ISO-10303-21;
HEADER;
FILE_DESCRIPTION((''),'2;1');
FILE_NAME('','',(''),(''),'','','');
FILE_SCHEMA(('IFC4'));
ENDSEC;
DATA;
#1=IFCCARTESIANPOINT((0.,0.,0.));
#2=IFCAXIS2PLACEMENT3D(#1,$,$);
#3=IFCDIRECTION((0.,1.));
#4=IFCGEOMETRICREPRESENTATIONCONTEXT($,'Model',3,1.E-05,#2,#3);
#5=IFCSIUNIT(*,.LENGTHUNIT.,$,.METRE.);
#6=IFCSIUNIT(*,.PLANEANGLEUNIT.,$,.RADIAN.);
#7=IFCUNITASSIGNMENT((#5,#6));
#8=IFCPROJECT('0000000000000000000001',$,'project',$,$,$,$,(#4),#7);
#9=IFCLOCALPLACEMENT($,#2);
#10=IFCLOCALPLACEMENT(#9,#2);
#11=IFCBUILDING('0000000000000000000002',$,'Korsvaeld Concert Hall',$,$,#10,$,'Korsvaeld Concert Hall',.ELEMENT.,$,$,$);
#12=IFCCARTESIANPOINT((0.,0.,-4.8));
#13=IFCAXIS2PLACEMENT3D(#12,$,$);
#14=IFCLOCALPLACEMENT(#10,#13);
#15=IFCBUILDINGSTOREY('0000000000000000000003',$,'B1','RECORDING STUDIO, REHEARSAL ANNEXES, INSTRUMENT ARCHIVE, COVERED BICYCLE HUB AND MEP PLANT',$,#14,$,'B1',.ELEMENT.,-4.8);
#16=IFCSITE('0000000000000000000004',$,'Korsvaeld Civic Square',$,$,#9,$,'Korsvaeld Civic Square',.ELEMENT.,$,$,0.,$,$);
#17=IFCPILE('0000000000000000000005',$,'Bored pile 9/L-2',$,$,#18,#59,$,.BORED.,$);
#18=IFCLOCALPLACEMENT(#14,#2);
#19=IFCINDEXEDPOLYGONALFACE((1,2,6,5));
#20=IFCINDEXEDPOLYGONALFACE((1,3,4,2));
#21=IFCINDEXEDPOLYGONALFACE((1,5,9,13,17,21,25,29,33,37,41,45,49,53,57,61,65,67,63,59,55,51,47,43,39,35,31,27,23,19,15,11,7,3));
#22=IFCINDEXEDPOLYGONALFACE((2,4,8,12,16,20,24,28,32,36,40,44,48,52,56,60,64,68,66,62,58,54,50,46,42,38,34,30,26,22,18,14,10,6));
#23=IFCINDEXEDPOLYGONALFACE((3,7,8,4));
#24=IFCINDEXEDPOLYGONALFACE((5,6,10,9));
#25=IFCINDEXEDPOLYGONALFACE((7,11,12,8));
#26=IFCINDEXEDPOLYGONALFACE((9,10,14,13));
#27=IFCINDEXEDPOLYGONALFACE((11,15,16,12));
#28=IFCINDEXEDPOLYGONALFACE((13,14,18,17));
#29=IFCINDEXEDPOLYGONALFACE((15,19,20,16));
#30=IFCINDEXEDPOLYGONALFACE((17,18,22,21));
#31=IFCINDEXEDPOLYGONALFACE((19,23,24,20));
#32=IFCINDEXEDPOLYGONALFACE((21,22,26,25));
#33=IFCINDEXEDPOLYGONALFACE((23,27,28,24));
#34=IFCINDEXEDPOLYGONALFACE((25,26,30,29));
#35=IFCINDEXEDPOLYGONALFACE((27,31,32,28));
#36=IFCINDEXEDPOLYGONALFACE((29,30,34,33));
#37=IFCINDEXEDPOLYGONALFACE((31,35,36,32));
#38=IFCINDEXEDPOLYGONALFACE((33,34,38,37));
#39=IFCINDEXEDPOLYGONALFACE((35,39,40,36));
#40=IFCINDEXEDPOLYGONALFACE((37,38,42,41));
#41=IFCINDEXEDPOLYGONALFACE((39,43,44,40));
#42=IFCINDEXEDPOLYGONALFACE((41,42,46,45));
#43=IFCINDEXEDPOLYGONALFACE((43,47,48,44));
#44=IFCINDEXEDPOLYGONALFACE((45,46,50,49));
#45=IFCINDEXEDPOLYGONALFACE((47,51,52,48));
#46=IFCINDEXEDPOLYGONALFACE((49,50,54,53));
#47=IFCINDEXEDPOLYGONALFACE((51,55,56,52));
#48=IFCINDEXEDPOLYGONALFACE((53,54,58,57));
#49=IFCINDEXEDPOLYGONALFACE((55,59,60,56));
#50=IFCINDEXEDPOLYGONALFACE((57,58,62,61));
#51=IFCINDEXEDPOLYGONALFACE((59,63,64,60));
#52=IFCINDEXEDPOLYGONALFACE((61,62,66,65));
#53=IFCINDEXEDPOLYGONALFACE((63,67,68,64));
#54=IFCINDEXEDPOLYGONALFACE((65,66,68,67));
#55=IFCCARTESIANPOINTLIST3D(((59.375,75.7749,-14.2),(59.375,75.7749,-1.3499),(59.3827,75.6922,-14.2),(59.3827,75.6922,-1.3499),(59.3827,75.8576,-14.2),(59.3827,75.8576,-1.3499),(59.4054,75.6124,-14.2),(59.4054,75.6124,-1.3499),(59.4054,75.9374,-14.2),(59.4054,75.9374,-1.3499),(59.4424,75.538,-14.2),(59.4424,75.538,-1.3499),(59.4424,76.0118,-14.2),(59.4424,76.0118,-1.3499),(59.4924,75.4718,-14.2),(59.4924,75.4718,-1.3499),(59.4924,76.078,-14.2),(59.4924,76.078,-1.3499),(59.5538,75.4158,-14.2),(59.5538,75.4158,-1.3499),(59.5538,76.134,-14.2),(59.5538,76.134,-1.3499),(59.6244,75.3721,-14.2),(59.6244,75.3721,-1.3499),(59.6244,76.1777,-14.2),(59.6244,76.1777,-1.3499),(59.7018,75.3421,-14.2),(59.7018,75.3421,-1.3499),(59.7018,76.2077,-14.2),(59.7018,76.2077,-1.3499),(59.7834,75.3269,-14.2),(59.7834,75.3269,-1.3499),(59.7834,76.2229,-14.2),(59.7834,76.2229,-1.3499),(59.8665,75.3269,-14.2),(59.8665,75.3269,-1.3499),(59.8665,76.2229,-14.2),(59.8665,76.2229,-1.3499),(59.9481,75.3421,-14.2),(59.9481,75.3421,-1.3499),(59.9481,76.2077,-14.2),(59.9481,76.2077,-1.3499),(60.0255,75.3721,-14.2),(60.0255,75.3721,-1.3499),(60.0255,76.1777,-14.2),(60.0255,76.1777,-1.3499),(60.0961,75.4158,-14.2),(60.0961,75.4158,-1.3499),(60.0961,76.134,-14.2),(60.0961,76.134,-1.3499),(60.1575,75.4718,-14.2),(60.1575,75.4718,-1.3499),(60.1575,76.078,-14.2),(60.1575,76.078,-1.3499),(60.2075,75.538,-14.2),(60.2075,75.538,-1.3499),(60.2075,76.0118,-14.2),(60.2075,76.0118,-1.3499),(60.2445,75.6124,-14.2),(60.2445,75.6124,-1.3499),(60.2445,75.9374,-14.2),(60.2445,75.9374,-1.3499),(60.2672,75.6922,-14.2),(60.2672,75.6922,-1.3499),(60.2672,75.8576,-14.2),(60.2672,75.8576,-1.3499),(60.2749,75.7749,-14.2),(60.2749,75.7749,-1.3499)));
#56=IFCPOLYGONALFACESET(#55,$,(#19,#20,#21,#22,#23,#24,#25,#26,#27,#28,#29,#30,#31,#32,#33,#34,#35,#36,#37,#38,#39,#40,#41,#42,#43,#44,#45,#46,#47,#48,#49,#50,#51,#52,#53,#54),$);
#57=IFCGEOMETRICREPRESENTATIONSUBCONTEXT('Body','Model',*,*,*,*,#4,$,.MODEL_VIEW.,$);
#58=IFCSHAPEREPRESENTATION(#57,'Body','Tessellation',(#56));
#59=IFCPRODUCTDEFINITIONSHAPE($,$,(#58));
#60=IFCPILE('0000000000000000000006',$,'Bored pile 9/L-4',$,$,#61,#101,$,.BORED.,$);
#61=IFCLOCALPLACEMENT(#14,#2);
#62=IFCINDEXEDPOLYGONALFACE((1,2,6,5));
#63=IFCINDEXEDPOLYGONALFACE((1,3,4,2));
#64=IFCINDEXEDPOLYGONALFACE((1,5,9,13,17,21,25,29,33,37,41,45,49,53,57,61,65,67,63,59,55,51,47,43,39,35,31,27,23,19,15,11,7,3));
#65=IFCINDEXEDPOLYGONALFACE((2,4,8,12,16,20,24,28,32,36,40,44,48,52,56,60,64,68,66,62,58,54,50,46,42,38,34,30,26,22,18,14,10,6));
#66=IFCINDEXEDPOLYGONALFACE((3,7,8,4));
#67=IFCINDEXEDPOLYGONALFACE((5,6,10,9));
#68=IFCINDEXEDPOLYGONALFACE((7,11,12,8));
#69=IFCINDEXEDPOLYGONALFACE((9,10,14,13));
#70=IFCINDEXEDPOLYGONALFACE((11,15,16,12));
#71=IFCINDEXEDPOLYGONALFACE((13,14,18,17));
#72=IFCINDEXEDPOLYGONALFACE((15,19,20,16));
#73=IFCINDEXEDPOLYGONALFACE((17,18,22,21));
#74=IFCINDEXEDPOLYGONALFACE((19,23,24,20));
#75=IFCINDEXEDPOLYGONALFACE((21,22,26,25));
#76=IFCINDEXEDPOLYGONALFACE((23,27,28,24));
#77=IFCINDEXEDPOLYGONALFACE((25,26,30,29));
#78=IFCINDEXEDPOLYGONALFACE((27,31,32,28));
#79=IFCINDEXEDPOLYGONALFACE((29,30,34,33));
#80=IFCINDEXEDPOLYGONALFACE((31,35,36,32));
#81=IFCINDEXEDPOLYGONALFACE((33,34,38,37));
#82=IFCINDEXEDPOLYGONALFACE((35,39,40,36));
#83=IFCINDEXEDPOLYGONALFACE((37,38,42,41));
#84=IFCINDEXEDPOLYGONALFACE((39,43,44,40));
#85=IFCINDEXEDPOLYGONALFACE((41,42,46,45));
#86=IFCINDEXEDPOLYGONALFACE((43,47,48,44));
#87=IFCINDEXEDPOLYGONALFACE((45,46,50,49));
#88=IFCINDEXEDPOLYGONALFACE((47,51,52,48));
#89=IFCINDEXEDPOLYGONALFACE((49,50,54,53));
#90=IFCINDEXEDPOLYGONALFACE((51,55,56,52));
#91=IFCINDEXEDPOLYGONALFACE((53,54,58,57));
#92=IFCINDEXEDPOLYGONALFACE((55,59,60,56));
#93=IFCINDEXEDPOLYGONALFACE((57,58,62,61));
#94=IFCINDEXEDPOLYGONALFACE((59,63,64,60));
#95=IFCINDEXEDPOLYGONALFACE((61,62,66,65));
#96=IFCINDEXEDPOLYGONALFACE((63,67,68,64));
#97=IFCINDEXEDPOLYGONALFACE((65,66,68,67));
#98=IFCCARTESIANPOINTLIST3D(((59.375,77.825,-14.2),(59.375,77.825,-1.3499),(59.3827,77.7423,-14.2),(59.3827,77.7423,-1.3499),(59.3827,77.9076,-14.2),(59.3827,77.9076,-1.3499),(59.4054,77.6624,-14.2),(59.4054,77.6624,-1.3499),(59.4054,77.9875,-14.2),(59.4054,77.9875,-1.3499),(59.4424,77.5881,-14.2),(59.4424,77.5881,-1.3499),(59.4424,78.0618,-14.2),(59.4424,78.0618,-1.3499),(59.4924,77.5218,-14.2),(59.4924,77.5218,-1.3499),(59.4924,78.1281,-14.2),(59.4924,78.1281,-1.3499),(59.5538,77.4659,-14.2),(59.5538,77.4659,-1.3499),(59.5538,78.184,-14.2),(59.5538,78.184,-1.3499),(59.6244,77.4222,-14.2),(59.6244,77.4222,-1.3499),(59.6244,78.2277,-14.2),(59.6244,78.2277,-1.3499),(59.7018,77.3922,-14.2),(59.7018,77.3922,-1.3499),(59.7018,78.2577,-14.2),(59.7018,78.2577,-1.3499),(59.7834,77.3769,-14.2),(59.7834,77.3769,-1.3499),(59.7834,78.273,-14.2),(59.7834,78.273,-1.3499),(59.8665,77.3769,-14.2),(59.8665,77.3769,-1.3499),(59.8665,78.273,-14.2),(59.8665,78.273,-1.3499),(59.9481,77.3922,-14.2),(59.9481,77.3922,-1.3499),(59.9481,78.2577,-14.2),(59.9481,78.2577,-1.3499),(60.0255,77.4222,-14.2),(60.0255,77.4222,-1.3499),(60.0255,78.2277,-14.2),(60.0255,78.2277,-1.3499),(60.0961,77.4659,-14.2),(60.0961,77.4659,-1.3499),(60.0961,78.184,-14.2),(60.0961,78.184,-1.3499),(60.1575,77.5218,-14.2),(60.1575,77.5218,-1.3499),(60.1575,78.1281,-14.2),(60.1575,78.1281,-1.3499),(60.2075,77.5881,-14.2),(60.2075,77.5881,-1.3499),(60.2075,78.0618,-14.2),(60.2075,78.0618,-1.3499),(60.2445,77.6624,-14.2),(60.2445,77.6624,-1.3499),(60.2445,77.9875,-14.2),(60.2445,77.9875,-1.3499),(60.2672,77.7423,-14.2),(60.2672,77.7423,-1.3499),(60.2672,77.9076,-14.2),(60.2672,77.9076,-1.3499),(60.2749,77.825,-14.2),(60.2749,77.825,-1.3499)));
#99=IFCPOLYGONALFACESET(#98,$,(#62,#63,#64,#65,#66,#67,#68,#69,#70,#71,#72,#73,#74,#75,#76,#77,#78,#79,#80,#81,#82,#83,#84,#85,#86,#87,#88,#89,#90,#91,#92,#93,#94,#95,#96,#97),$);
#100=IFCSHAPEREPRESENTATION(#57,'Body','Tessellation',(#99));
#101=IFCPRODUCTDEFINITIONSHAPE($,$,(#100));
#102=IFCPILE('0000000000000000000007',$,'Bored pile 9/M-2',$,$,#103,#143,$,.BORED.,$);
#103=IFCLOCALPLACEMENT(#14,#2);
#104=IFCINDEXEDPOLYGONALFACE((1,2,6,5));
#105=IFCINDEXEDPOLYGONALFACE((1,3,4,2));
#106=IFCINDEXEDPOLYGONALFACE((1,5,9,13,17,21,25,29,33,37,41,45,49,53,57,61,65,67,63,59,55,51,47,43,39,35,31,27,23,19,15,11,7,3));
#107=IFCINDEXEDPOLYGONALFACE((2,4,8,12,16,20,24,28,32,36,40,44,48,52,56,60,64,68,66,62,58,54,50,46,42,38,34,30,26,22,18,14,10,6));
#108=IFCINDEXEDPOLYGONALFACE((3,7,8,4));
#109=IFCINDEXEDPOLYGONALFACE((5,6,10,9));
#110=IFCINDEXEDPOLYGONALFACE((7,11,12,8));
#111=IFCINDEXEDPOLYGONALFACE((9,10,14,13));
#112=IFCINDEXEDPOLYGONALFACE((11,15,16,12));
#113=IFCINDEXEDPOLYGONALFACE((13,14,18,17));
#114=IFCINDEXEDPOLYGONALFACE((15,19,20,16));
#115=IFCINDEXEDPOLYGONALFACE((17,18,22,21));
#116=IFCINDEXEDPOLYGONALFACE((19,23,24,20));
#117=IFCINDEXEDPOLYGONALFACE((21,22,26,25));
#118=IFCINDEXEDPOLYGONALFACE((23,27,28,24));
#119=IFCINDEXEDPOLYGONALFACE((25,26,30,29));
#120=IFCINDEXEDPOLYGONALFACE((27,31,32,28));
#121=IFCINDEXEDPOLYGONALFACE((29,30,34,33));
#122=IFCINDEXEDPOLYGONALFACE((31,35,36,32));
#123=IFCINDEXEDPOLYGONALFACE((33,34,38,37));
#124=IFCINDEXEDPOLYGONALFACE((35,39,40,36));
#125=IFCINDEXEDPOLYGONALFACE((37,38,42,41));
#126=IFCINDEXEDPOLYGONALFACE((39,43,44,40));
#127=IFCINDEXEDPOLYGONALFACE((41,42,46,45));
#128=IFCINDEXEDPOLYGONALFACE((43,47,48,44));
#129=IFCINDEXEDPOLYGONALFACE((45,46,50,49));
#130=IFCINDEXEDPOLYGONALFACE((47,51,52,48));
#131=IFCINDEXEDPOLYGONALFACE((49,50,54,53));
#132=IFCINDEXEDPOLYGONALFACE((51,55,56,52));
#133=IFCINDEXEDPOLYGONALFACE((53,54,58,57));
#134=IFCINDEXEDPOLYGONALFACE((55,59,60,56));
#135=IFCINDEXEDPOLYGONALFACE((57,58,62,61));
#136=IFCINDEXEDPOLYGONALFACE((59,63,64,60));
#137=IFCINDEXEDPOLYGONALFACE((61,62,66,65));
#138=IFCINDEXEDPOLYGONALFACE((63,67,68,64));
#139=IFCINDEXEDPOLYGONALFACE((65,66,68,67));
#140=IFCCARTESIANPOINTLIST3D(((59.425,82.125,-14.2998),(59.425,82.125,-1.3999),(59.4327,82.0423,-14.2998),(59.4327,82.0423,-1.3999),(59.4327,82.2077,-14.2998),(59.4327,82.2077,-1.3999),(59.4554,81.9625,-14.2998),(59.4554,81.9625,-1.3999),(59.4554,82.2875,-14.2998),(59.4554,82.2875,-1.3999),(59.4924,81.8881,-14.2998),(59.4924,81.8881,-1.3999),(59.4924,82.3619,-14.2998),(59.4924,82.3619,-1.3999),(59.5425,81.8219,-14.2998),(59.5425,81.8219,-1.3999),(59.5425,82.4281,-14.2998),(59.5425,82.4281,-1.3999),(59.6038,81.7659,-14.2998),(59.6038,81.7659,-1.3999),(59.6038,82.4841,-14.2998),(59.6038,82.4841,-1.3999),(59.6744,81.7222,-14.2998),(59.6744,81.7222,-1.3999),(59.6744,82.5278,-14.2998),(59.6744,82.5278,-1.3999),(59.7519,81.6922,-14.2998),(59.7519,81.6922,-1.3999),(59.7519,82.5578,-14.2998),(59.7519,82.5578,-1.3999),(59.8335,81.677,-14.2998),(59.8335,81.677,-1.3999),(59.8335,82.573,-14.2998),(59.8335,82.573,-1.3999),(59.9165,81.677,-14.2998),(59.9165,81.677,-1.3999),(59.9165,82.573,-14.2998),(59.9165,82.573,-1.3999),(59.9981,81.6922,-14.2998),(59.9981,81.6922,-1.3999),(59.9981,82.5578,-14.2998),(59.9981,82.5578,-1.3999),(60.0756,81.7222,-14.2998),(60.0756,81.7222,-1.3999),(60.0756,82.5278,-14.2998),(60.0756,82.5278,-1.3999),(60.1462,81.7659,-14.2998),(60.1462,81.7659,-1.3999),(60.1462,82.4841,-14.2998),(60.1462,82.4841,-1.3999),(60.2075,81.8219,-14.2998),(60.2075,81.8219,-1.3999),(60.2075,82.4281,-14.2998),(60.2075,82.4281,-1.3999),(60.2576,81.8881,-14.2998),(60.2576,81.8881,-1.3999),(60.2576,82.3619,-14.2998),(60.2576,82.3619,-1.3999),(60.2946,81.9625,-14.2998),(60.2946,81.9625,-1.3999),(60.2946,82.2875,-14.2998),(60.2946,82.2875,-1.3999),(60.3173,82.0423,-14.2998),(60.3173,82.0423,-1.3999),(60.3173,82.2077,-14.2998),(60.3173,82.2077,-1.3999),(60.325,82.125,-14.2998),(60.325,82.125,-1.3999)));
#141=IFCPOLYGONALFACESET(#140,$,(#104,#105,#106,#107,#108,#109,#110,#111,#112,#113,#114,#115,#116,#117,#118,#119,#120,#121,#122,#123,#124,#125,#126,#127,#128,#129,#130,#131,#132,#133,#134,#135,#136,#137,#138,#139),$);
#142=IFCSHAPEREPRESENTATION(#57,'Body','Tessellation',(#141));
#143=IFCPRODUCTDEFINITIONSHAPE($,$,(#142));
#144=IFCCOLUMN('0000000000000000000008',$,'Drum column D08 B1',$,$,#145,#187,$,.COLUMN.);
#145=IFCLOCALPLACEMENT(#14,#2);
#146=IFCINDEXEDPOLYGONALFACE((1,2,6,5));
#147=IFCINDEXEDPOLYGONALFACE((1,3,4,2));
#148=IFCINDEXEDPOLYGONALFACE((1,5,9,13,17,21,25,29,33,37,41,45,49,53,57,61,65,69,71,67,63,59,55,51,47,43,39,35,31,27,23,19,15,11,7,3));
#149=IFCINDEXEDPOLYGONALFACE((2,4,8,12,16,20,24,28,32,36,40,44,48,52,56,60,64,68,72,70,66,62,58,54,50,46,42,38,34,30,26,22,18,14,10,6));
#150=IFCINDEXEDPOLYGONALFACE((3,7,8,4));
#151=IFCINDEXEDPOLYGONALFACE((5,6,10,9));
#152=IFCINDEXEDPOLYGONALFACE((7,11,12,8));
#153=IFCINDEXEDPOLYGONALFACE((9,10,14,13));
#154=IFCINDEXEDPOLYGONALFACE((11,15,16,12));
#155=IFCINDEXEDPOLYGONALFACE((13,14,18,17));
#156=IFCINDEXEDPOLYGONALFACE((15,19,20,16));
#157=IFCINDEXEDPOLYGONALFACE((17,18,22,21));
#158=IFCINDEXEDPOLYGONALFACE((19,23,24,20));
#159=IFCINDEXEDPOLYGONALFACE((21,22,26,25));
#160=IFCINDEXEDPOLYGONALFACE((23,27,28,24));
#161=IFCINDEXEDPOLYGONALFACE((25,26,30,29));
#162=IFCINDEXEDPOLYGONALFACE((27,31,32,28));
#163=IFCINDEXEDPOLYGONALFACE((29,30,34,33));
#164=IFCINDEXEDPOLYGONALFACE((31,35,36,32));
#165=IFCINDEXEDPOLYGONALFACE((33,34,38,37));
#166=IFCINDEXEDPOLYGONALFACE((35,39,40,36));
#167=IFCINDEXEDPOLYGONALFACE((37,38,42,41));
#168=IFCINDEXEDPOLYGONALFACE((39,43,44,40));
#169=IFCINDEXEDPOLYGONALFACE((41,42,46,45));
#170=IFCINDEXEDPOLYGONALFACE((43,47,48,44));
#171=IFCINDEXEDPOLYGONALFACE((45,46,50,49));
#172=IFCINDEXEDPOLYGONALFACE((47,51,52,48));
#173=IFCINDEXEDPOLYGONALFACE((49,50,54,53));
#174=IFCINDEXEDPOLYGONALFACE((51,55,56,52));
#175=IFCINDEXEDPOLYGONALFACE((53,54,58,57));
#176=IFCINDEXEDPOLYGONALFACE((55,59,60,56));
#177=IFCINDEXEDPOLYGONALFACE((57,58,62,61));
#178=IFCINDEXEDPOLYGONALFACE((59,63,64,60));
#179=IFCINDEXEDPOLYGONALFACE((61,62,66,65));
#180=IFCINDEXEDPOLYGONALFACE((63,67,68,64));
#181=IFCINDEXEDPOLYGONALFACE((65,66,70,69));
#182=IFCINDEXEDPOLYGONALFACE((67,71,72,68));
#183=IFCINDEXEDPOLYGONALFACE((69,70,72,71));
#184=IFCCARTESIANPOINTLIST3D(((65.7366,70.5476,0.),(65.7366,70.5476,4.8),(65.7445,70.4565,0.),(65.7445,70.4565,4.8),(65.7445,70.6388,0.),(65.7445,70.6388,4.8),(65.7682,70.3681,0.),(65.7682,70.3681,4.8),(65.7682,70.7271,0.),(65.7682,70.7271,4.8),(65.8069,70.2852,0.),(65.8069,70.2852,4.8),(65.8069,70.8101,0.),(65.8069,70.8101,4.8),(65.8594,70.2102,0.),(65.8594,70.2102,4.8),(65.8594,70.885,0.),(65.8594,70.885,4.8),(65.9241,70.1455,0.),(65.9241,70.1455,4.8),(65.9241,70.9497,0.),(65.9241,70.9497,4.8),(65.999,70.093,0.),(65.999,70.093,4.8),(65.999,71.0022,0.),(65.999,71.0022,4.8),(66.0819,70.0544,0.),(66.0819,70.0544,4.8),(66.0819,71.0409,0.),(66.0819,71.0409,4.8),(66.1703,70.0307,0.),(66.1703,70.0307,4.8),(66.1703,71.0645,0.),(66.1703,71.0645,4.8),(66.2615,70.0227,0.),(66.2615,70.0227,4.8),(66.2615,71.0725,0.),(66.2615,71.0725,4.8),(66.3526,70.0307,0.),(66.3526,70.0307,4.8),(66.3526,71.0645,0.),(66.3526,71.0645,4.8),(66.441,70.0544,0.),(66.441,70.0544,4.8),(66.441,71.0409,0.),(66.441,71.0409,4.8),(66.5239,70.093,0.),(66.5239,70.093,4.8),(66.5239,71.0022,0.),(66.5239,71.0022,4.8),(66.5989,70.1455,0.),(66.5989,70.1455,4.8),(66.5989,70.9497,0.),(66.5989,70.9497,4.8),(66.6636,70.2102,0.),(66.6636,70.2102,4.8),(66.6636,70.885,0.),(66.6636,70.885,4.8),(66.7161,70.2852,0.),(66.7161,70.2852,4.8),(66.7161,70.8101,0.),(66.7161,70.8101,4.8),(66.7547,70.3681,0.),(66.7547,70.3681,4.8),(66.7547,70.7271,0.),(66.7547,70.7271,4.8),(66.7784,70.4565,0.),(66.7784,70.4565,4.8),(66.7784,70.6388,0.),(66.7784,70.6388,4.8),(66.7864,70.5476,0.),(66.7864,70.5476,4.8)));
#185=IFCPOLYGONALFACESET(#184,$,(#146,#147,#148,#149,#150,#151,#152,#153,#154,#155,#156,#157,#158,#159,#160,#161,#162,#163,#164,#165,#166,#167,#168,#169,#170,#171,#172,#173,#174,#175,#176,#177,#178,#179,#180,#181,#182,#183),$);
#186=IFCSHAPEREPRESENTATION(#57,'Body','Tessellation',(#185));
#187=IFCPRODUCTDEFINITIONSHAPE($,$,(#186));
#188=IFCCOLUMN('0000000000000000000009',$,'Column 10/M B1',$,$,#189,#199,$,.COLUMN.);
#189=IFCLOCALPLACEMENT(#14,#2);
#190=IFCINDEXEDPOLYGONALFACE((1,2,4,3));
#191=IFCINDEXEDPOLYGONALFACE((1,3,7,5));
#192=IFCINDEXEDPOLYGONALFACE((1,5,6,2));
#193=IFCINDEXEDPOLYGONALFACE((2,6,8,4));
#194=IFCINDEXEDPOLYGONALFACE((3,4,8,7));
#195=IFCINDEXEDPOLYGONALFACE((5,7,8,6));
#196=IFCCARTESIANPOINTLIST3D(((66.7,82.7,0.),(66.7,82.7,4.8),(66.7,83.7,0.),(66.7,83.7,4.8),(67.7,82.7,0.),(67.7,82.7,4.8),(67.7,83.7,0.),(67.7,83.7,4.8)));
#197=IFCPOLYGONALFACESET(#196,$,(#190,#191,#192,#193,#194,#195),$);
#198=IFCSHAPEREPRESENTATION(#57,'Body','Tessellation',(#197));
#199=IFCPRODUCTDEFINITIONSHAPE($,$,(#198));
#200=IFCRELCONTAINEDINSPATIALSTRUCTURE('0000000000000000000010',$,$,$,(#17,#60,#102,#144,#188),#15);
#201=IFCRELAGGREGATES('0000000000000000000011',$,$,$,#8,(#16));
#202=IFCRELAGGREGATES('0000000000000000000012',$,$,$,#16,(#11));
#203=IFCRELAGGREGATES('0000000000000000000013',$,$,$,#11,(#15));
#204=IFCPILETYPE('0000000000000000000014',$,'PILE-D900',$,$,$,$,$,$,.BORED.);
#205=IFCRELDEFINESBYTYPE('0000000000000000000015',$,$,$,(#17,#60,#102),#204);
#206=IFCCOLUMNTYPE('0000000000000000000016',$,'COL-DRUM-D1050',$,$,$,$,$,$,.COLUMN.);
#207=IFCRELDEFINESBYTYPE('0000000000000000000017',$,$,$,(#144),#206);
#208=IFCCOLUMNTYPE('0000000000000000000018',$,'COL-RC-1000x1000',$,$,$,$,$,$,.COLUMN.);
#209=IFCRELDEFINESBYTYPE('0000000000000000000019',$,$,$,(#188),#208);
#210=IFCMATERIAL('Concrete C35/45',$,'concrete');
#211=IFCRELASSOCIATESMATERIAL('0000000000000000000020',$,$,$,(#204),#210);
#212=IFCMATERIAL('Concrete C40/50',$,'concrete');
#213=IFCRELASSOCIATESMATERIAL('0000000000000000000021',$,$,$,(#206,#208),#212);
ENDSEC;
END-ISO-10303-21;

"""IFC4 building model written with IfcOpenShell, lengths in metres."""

from ifc_helpers import new_model, si_unit, direction, frame, origin, origin_2d, place, context, subcontext, project, spatial, rectangle, circle, extrude, material, material_profile, profile_set, type_object, element, save


model = new_model("IFC4")

# Units and contexts
model_context = context("Model", 3, precision=1e-05, world=origin(), true_north=direction((0.0, 1.0)))
body_context = subcontext(model_context, "Body", "Model", "MODEL_VIEW")
ifc_project = project(units=[si_unit("LENGTHUNIT", "METRE"), si_unit("PLANEANGLEUNIT", "RADIAN")], contexts=[model_context])

# Site, building, storey
site_placement = place(None, origin())
site = spatial("IfcSite", under=ifc_project, at=site_placement, Name="Korsvaeld Civic Square", LongName="Korsvaeld Civic Square", CompositionType="ELEMENT", RefElevation=0.0)
building_placement = place(site_placement, origin())
building = spatial("IfcBuilding", under=site, at=building_placement, Name="Korsvaeld Concert Hall", LongName="Korsvaeld Concert Hall", CompositionType="ELEMENT")
storey_placement = place(building_placement, frame((0.0, 0.0, -4.8)))
storey = spatial("IfcBuildingStorey", under=building, at=storey_placement, Name="B1", Description="RECORDING STUDIO, REHEARSAL ANNEXES, INSTRUMENT ARCHIVE, COVERED BICYCLE HUB AND MEP PLANT", LongName="B1", CompositionType="ELEMENT", Elevation=-4.8)

# Shared definitions
ifc_material_1 = material(Name="Concrete C35/45", Category="concrete")

# Piles
ifc_material_2 = material(Name="Concrete C40/50", Category="concrete")
ifc_material_profile_1 = material_profile(ifc_material_1, circle(Radius=0.45, at=origin_2d()), Name="BORED PILE D900")
ifc_profile_set_1 = profile_set([ifc_material_profile_1], Name="Concrete C35/45")
pile_type_1 = type_object("IfcPileType", Name="PILE-D900", PredefinedType="BORED", material=ifc_profile_set_1)
for number, where, z_axis, x_axis, name in (
    (1, (59.825, 75.7749, -1.3499), (0.0, 0.0, -1.0), (1.0, 0.0, 0.0), "Bored pile 9/L-2"),
    (2, (59.825, 77.825, -1.3499), (0.0, 0.0, -1.0), (1.0, 0.0, 0.0), "Bored pile 9/L-4"),
):
    element("IfcPile", number, at=place(storey_placement, frame(where, z_axis=z_axis, x_axis=x_axis)), inside=storey, type_object=pile_type_1, Name=name, PredefinedType="BORED", context=body_context, shape_type="SweptSolid", body=[
        extrude(circle(Radius=0.45, at=origin_2d()), origin(), (0.0, 0.0, 1.0), 12.8501),
    ])
pile_1_placement = place(storey_placement, frame((59.875, 82.125, -1.3999), z_axis=(0.0, 0.0, -1.0), x_axis=(1.0, 0.0, 0.0)))
element("IfcPile", 3, at=pile_1_placement, inside=storey, type_object=pile_type_1, Name="Bored pile 9/M-2", PredefinedType="BORED", context=body_context, shape_type="SweptSolid", body=[
    extrude(circle(Radius=0.45, at=origin_2d()), origin(), (0.0, 0.0, 1.0), 12.8999),
])

# Columns
ifc_material_profile_2 = material_profile(ifc_material_2, circle(Radius=0.5249, at=origin_2d()), Name="RC D1050")
ifc_profile_set_2 = profile_set([ifc_material_profile_2], Name="Concrete C40/50")
column_type_1 = type_object("IfcColumnType", Name="COL-DRUM-D1050", PredefinedType="COLUMN", material=ifc_profile_set_2)
column_placement = place(storey_placement, frame((66.2615, 70.5476, 0.0), z_axis=(0.0, 0.0, 1.0), x_axis=(1.0, 0.0, 0.0)))
element("IfcColumn", 4, at=column_placement, inside=storey, type_object=column_type_1, Name="Drum column D08 B1", PredefinedType="COLUMN", context=body_context, shape_type="SweptSolid", body=[
    extrude(circle(Radius=0.5249, at=origin_2d()), origin(), (0.0, 0.0, 1.0), 4.8),
])
ifc_material_profile_3 = material_profile(ifc_material_2, rectangle(XDim=1.0, YDim=1.0, at=origin_2d()), Name="RC 1000x1000")
ifc_profile_set_3 = profile_set([ifc_material_profile_3], Name="Concrete C40/50")
column_type_2 = type_object("IfcColumnType", Name="COL-RC-1000x1000", PredefinedType="COLUMN", material=ifc_profile_set_3)
for number, where, z_axis, x_axis, name in (
    (5, (67.2, 83.2, 0.0), (0.0, 0.0, 1.0), (1.0, 0.0, 0.0), "Column 10/M B1"),
):
    element("IfcColumn", number, at=place(storey_placement, frame(where, z_axis=z_axis, x_axis=x_axis)), inside=storey, type_object=column_type_2, Name=name, PredefinedType="COLUMN", context=body_context, shape_type="SweptSolid", body=[
        extrude(rectangle(XDim=1.0, YDim=1.0, at=origin_2d()), origin(), (0.0, 0.0, 1.0), 4.8),
    ])

save(model, "model.ifc")
